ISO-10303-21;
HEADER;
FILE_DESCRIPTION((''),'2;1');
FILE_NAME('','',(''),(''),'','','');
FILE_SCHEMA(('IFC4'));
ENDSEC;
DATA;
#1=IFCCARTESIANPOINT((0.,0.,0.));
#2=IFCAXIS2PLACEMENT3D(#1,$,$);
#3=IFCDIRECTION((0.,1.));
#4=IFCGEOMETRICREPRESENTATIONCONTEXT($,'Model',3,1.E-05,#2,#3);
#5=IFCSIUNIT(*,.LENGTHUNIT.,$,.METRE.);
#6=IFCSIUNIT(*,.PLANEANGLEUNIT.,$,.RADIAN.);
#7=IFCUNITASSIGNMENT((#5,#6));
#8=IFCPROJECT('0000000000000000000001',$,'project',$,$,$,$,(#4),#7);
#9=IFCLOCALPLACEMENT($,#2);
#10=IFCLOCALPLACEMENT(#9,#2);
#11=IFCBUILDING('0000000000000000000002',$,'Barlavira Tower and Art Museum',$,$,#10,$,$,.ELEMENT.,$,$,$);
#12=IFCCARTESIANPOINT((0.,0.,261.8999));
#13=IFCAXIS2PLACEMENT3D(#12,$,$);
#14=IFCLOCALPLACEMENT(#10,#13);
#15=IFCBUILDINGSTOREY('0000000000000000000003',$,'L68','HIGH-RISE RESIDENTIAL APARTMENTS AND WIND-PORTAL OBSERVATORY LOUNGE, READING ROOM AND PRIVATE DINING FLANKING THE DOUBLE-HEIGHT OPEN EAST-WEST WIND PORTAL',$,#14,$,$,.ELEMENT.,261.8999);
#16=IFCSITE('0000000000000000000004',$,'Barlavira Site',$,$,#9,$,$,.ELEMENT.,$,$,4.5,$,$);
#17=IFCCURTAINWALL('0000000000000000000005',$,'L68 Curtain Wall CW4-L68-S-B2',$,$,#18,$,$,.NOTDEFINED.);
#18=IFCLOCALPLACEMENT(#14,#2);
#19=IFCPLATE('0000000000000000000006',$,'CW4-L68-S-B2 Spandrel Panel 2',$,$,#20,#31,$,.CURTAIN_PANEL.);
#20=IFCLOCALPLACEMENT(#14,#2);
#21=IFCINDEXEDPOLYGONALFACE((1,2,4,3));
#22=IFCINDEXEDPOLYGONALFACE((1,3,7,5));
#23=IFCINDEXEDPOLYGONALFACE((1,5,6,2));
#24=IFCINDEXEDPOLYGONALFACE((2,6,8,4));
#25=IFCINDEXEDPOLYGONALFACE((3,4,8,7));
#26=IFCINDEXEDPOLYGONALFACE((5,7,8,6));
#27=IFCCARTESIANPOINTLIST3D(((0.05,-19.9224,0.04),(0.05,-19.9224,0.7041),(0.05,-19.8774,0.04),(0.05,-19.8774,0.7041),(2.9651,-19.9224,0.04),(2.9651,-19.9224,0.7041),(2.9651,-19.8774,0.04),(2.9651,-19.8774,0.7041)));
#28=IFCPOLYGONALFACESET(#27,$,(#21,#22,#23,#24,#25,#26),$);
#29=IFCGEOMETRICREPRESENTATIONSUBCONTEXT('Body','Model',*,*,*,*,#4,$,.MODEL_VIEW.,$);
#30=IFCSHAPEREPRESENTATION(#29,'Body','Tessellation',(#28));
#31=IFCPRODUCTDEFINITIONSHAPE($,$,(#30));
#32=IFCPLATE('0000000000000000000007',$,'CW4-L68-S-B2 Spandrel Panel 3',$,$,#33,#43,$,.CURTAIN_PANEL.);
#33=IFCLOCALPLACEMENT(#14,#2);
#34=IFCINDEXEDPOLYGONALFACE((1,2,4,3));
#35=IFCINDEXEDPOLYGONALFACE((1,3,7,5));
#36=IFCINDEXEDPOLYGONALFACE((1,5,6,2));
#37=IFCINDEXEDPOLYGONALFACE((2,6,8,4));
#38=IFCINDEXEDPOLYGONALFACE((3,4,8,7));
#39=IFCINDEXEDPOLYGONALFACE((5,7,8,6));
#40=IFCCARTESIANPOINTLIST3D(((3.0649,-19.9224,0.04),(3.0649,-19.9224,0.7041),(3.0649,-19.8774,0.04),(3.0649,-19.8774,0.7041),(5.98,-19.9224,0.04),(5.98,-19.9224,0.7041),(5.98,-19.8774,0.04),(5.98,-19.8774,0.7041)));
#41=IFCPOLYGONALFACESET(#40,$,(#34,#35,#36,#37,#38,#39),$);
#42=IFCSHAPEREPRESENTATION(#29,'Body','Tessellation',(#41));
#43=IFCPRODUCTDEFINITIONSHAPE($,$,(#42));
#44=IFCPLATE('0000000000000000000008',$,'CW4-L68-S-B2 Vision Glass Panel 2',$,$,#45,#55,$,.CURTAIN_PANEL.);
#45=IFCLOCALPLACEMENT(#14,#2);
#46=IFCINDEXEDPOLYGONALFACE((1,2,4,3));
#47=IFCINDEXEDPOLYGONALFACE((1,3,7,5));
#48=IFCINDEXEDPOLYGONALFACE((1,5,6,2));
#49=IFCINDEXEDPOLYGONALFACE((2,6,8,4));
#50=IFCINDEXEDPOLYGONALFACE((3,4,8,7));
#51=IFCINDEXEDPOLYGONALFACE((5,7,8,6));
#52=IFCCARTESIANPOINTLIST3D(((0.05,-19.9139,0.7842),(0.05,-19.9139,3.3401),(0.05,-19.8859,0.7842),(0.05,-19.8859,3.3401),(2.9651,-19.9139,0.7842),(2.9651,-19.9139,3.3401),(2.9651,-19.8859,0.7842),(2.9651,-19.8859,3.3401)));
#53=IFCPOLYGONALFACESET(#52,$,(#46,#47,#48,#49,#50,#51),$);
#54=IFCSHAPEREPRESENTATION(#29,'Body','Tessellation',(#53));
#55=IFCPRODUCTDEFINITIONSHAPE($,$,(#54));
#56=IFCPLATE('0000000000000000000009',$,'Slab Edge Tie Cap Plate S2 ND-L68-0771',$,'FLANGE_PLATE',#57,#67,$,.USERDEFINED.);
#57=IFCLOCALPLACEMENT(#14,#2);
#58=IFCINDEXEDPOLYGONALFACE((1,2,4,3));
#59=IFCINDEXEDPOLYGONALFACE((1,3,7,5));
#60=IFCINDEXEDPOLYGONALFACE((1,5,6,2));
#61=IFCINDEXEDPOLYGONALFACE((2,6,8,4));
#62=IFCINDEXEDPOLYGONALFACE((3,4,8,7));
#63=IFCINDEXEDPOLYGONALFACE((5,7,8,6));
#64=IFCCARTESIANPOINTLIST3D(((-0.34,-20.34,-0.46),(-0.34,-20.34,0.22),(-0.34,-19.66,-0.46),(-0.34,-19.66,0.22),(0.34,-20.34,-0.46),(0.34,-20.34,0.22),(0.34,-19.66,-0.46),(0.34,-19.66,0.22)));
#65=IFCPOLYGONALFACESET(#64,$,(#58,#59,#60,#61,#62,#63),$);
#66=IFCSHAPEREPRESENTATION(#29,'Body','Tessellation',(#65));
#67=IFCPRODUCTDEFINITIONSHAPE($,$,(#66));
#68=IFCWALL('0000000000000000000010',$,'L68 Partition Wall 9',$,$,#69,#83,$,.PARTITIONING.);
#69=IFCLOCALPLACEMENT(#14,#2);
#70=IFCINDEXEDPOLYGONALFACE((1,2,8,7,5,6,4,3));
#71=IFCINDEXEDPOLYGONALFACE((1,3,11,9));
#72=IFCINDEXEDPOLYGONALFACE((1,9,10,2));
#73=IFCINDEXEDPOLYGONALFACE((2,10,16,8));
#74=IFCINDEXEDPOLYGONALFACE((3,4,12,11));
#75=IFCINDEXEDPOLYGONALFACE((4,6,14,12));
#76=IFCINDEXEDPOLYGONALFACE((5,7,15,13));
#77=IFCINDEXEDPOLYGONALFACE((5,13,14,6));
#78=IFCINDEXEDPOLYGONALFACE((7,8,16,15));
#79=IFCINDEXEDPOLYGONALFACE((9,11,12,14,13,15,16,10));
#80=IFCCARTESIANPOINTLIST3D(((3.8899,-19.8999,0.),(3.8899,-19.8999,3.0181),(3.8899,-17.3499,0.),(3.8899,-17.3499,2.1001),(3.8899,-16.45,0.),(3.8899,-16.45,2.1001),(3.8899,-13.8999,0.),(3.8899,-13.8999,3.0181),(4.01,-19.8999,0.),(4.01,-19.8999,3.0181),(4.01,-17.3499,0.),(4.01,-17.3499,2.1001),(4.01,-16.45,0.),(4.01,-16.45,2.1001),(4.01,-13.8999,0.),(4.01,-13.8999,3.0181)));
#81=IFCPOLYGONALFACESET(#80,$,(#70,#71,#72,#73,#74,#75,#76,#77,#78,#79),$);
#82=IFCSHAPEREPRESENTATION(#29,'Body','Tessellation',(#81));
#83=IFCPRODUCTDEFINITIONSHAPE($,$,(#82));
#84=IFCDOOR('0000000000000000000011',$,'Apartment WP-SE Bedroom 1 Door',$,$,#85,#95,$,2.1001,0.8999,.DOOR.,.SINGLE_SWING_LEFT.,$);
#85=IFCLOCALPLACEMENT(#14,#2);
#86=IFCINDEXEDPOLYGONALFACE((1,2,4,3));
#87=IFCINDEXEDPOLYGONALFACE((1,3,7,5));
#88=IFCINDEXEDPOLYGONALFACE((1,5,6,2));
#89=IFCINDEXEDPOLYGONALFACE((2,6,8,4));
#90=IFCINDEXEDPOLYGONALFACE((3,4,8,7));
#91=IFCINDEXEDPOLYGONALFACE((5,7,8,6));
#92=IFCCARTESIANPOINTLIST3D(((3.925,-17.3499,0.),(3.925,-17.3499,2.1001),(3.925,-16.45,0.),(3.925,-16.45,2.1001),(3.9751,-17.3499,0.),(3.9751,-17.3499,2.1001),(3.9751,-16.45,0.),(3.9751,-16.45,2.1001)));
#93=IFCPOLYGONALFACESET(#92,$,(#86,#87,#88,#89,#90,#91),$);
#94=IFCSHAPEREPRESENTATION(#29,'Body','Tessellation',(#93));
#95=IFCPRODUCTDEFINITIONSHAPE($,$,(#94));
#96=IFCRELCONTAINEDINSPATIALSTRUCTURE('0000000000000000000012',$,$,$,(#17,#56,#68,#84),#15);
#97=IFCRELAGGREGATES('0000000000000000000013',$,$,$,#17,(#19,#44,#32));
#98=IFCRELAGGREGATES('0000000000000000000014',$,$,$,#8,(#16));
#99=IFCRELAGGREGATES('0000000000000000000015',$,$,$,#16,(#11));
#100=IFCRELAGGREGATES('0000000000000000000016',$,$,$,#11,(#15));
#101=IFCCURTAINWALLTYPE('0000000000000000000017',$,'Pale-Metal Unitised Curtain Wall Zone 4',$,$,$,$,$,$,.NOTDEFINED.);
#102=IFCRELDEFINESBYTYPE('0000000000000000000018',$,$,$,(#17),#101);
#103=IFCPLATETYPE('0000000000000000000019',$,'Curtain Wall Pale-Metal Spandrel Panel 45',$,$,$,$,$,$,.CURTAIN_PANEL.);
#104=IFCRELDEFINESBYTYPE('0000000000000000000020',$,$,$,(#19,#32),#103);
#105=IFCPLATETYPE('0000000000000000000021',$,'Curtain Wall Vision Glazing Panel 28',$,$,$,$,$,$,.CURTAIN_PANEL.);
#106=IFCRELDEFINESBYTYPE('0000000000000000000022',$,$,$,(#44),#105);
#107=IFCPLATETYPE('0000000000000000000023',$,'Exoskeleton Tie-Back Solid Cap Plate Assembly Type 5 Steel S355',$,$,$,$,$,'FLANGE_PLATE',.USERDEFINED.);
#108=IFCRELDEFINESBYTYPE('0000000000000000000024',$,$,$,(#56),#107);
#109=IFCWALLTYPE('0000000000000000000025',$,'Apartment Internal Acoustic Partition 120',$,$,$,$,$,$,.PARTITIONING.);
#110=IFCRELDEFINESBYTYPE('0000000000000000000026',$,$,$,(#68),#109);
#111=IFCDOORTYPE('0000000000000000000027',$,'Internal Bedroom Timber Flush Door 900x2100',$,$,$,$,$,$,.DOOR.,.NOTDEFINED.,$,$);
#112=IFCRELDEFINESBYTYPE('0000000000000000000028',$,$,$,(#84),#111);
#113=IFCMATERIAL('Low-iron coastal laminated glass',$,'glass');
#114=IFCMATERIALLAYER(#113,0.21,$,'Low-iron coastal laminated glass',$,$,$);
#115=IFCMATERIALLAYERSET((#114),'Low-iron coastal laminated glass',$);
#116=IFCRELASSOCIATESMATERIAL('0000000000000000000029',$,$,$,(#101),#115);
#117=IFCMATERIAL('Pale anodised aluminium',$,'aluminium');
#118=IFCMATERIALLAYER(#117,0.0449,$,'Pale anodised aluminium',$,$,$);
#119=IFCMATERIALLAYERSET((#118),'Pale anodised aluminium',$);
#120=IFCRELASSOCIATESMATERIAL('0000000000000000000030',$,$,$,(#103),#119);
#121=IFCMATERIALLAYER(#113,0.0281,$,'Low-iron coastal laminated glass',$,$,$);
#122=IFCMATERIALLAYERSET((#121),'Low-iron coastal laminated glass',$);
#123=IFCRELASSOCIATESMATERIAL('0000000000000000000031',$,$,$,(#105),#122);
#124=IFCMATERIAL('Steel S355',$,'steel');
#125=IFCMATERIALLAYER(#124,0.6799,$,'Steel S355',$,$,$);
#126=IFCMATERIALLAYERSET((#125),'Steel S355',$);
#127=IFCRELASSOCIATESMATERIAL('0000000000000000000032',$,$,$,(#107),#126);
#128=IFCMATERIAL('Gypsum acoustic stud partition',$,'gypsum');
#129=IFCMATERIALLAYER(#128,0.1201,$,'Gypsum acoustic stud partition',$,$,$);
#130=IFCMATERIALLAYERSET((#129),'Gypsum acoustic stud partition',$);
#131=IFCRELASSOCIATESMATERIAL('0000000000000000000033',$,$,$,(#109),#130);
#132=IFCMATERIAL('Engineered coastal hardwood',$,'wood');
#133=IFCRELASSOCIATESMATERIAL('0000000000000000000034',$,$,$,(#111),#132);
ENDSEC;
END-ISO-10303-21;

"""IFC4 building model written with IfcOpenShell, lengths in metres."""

from ifc_helpers import new_model, si_unit, direction, frame, frame_2d, origin, origin_2d, place, context, subcontext, project, spatial, rectangle, extrude, material, layer, layer_set, type_object, element, fill, aggregate, save


model = new_model("IFC4")

# Units and contexts
model_context = context("Model", 3, precision=1e-05, world=origin(), true_north=direction((0.0, 1.0)))
body_context = subcontext(model_context, "Body", "Model", "MODEL_VIEW")
ifc_project = project(units=[si_unit("LENGTHUNIT", "METRE"), si_unit("PLANEANGLEUNIT", "RADIAN")], contexts=[model_context])

# Site, building, storey
site_placement = place(None, origin())
site = spatial("IfcSite", under=ifc_project, at=site_placement, Name="Barlavira Site", CompositionType="ELEMENT", RefElevation=4.5)
building_placement = place(site_placement, origin())
building = spatial("IfcBuilding", under=site, at=building_placement, Name="Barlavira Tower and Art Museum", CompositionType="ELEMENT")
storey_placement = place(building_placement, frame((0.0, 0.0, 261.8999)))
storey = spatial("IfcBuildingStorey", under=building, at=storey_placement, Name="L68", Description="HIGH-RISE RESIDENTIAL APARTMENTS AND WIND-PORTAL OBSERVATORY LOUNGE, READING ROOM AND PRIVATE DINING FLANKING THE DOUBLE-HEIGHT OPEN EAST-WEST WIND PORTAL", CompositionType="ELEMENT", Elevation=261.8999)

# Curtain wall
ifc_material_1 = material(Name="Low-iron coastal laminated glass", Category="glass")
ifc_layer_1 = layer(ifc_material_1, 0.21, Name="Low-iron coastal laminated glass")
ifc_layer_set_1 = layer_set([ifc_layer_1], Name="Low-iron coastal laminated glass")
curtain_wall_type = type_object("IfcCurtainWallType", Name="Pale-Metal Unitised Curtain Wall Zone 4", PredefinedType="NOTDEFINED", material=ifc_layer_set_1)
curtain_wall_placement = place(storey_placement, origin())
curtain_wall = element("IfcCurtainWall", 1, at=curtain_wall_placement, inside=storey, type_object=curtain_wall_type, Name="L68 Curtain Wall CW4-L68-S-B2", PredefinedType="NOTDEFINED")
ifc_material_2 = material(Name="Pale anodised aluminium", Category="aluminium")

# Shared definitions
ifc_material_3 = material(Name="Steel S355", Category="steel")

# Plates
ifc_layer_2 = layer(ifc_material_2, 0.0449, Name="Pale anodised aluminium")
ifc_layer_set_2 = layer_set([ifc_layer_2], Name="Pale anodised aluminium")
plate_type_1 = type_object("IfcPlateType", Name="Curtain Wall Pale-Metal Spandrel Panel 45", PredefinedType="CURTAIN_PANEL", material=ifc_layer_set_2)
plate_1_placement = place(storey_placement, frame((1.5076, -19.8999, 0.04), z_axis=(0.0, 0.0, 1.0), x_axis=(1.0, 0.0, 0.0)))
plate_1 = element("IfcPlate", 2, at=plate_1_placement, type_object=plate_type_1, Name="CW4-L68-S-B2 Spandrel Panel 2", PredefinedType="CURTAIN_PANEL", context=body_context, shape_type="SweptSolid", body=[
    extrude(rectangle(XDim=2.915, YDim=0.0449, at=origin_2d()), origin(), (0.0, 0.0, 1.0), 0.6641),
])
plate_2_placement = place(storey_placement, frame((4.5225, -19.8999, 0.04), z_axis=(0.0, 0.0, 1.0), x_axis=(1.0, 0.0, 0.0)))
plate_2 = element("IfcPlate", 3, at=plate_2_placement, type_object=plate_type_1, Name="CW4-L68-S-B2 Spandrel Panel 3", PredefinedType="CURTAIN_PANEL", context=body_context, shape_type="SweptSolid", body=[
    extrude(rectangle(XDim=2.915, YDim=0.0449, at=origin_2d()), origin(), (0.0, 0.0, 1.0), 0.6641),
])
ifc_layer_3 = layer(ifc_material_1, 0.0281, Name="Low-iron coastal laminated glass")
ifc_layer_set_3 = layer_set([ifc_layer_3], Name="Low-iron coastal laminated glass")
plate_type_2 = type_object("IfcPlateType", Name="Curtain Wall Vision Glazing Panel 28", PredefinedType="CURTAIN_PANEL", material=ifc_layer_set_3)
plate_3_placement = place(storey_placement, frame((1.5076, -19.8999, 0.7842), z_axis=(0.0, 0.0, 1.0), x_axis=(1.0, 0.0, 0.0)))
plate_3 = element("IfcPlate", 4, at=plate_3_placement, type_object=plate_type_2, Name="CW4-L68-S-B2 Vision Glass Panel 2", PredefinedType="CURTAIN_PANEL", context=body_context, shape_type="SweptSolid", body=[
    extrude(rectangle(XDim=2.915, YDim=0.0281, at=origin_2d()), origin(), (0.0, 0.0, 1.0), 2.5559),
])
aggregate(curtain_wall, [plate_1, plate_3, plate_2])
ifc_layer_4 = layer(ifc_material_3, 0.6799, Name="Steel S355")
ifc_layer_set_4 = layer_set([ifc_layer_4], Name="Steel S355")
plate_type_3 = type_object("IfcPlateType", Name="Exoskeleton Tie-Back Solid Cap Plate Assembly Type 5 Steel S355", ElementType="FLANGE_PLATE", PredefinedType="USERDEFINED", material=ifc_layer_set_4)
plate_4_placement = place(storey_placement, frame((0.0, -20.0, -0.46), z_axis=(0.0, 0.0, 1.0), x_axis=(1.0, 0.0, 0.0)))
element("IfcPlate", 5, at=plate_4_placement, inside=storey, type_object=plate_type_3, Name="Slab Edge Tie Cap Plate S2 ND-L68-0771", ObjectType="FLANGE_PLATE", PredefinedType="USERDEFINED", context=body_context, shape_type="SweptSolid", body=[
    extrude(rectangle(XDim=0.6799, YDim=0.6799, at=origin_2d()), origin(), (0.0, 0.0, 1.0), 0.6799),
])

# Wall, opening, door
ifc_material_4 = material(Name="Gypsum acoustic stud partition", Category="gypsum")
ifc_layer_5 = layer(ifc_material_4, 0.1201, Name="Gypsum acoustic stud partition")
ifc_layer_set_5 = layer_set([ifc_layer_5], Name="Gypsum acoustic stud partition")
wall_type = type_object("IfcWallType", Name="Apartment Internal Acoustic Partition 120", PredefinedType="PARTITIONING", material=ifc_layer_set_5)
wall_placement = place(storey_placement, frame((3.95, -19.8999, 0.0), z_axis=(0.0, 0.0, 1.0), x_axis=(0.0, 1.0, 0.0)))
wall = element("IfcWall", 6, at=wall_placement, inside=storey, type_object=wall_type, Name="L68 Partition Wall 9", PredefinedType="PARTITIONING", context=body_context, shape_type="SweptSolid", body=[
    extrude(rectangle(XDim=6.0, YDim=0.1201, at=frame_2d((3.0, 0.0))), origin(), (0.0, 0.0, 1.0), 3.0181),
])
opening_placement = place(wall_placement, frame((2.55, 0.0, 0.0)))
opening = element("IfcOpeningElement", 7, at=opening_placement, cuts=wall, PredefinedType="OPENING", context=body_context, shape_type="SweptSolid", body=[
    extrude(rectangle(XDim=0.8999, YDim=2.1001, at=frame_2d((0.45, 1.05))), frame((0.0, 0.0701, 0.0), z_axis=(0.0, -1.0, 0.0), x_axis=(1.0, 0.0, 0.0)), (0.0, 0.0, 1.0), 0.1401),
])
ifc_material_5 = material(Name="Engineered coastal hardwood", Category="wood")
door_type = type_object("IfcDoorType", Name="Internal Bedroom Timber Flush Door 900x2100", OperationType="NOTDEFINED", PredefinedType="DOOR", material=ifc_material_5)
door_placement = place(opening_placement, origin())
door = element("IfcDoor", 8, at=door_placement, inside=storey, type_object=door_type, Name="Apartment WP-SE Bedroom 1 Door", OperationType="SINGLE_SWING_LEFT", OverallHeight=2.1001, OverallWidth=0.8999, PredefinedType="DOOR", context=body_context, shape_type="SweptSolid", body=[
    extrude(rectangle(XDim=0.8999, YDim=2.1001, at=frame_2d((0.45, 1.05))), frame((0.0, 0.0249, 0.0), z_axis=(0.0, -1.0, 0.0), x_axis=(1.0, 0.0, 0.0)), (0.0, 0.0, 1.0), 0.05),
])
fill(opening, door)

save(model, "model.ifc")
